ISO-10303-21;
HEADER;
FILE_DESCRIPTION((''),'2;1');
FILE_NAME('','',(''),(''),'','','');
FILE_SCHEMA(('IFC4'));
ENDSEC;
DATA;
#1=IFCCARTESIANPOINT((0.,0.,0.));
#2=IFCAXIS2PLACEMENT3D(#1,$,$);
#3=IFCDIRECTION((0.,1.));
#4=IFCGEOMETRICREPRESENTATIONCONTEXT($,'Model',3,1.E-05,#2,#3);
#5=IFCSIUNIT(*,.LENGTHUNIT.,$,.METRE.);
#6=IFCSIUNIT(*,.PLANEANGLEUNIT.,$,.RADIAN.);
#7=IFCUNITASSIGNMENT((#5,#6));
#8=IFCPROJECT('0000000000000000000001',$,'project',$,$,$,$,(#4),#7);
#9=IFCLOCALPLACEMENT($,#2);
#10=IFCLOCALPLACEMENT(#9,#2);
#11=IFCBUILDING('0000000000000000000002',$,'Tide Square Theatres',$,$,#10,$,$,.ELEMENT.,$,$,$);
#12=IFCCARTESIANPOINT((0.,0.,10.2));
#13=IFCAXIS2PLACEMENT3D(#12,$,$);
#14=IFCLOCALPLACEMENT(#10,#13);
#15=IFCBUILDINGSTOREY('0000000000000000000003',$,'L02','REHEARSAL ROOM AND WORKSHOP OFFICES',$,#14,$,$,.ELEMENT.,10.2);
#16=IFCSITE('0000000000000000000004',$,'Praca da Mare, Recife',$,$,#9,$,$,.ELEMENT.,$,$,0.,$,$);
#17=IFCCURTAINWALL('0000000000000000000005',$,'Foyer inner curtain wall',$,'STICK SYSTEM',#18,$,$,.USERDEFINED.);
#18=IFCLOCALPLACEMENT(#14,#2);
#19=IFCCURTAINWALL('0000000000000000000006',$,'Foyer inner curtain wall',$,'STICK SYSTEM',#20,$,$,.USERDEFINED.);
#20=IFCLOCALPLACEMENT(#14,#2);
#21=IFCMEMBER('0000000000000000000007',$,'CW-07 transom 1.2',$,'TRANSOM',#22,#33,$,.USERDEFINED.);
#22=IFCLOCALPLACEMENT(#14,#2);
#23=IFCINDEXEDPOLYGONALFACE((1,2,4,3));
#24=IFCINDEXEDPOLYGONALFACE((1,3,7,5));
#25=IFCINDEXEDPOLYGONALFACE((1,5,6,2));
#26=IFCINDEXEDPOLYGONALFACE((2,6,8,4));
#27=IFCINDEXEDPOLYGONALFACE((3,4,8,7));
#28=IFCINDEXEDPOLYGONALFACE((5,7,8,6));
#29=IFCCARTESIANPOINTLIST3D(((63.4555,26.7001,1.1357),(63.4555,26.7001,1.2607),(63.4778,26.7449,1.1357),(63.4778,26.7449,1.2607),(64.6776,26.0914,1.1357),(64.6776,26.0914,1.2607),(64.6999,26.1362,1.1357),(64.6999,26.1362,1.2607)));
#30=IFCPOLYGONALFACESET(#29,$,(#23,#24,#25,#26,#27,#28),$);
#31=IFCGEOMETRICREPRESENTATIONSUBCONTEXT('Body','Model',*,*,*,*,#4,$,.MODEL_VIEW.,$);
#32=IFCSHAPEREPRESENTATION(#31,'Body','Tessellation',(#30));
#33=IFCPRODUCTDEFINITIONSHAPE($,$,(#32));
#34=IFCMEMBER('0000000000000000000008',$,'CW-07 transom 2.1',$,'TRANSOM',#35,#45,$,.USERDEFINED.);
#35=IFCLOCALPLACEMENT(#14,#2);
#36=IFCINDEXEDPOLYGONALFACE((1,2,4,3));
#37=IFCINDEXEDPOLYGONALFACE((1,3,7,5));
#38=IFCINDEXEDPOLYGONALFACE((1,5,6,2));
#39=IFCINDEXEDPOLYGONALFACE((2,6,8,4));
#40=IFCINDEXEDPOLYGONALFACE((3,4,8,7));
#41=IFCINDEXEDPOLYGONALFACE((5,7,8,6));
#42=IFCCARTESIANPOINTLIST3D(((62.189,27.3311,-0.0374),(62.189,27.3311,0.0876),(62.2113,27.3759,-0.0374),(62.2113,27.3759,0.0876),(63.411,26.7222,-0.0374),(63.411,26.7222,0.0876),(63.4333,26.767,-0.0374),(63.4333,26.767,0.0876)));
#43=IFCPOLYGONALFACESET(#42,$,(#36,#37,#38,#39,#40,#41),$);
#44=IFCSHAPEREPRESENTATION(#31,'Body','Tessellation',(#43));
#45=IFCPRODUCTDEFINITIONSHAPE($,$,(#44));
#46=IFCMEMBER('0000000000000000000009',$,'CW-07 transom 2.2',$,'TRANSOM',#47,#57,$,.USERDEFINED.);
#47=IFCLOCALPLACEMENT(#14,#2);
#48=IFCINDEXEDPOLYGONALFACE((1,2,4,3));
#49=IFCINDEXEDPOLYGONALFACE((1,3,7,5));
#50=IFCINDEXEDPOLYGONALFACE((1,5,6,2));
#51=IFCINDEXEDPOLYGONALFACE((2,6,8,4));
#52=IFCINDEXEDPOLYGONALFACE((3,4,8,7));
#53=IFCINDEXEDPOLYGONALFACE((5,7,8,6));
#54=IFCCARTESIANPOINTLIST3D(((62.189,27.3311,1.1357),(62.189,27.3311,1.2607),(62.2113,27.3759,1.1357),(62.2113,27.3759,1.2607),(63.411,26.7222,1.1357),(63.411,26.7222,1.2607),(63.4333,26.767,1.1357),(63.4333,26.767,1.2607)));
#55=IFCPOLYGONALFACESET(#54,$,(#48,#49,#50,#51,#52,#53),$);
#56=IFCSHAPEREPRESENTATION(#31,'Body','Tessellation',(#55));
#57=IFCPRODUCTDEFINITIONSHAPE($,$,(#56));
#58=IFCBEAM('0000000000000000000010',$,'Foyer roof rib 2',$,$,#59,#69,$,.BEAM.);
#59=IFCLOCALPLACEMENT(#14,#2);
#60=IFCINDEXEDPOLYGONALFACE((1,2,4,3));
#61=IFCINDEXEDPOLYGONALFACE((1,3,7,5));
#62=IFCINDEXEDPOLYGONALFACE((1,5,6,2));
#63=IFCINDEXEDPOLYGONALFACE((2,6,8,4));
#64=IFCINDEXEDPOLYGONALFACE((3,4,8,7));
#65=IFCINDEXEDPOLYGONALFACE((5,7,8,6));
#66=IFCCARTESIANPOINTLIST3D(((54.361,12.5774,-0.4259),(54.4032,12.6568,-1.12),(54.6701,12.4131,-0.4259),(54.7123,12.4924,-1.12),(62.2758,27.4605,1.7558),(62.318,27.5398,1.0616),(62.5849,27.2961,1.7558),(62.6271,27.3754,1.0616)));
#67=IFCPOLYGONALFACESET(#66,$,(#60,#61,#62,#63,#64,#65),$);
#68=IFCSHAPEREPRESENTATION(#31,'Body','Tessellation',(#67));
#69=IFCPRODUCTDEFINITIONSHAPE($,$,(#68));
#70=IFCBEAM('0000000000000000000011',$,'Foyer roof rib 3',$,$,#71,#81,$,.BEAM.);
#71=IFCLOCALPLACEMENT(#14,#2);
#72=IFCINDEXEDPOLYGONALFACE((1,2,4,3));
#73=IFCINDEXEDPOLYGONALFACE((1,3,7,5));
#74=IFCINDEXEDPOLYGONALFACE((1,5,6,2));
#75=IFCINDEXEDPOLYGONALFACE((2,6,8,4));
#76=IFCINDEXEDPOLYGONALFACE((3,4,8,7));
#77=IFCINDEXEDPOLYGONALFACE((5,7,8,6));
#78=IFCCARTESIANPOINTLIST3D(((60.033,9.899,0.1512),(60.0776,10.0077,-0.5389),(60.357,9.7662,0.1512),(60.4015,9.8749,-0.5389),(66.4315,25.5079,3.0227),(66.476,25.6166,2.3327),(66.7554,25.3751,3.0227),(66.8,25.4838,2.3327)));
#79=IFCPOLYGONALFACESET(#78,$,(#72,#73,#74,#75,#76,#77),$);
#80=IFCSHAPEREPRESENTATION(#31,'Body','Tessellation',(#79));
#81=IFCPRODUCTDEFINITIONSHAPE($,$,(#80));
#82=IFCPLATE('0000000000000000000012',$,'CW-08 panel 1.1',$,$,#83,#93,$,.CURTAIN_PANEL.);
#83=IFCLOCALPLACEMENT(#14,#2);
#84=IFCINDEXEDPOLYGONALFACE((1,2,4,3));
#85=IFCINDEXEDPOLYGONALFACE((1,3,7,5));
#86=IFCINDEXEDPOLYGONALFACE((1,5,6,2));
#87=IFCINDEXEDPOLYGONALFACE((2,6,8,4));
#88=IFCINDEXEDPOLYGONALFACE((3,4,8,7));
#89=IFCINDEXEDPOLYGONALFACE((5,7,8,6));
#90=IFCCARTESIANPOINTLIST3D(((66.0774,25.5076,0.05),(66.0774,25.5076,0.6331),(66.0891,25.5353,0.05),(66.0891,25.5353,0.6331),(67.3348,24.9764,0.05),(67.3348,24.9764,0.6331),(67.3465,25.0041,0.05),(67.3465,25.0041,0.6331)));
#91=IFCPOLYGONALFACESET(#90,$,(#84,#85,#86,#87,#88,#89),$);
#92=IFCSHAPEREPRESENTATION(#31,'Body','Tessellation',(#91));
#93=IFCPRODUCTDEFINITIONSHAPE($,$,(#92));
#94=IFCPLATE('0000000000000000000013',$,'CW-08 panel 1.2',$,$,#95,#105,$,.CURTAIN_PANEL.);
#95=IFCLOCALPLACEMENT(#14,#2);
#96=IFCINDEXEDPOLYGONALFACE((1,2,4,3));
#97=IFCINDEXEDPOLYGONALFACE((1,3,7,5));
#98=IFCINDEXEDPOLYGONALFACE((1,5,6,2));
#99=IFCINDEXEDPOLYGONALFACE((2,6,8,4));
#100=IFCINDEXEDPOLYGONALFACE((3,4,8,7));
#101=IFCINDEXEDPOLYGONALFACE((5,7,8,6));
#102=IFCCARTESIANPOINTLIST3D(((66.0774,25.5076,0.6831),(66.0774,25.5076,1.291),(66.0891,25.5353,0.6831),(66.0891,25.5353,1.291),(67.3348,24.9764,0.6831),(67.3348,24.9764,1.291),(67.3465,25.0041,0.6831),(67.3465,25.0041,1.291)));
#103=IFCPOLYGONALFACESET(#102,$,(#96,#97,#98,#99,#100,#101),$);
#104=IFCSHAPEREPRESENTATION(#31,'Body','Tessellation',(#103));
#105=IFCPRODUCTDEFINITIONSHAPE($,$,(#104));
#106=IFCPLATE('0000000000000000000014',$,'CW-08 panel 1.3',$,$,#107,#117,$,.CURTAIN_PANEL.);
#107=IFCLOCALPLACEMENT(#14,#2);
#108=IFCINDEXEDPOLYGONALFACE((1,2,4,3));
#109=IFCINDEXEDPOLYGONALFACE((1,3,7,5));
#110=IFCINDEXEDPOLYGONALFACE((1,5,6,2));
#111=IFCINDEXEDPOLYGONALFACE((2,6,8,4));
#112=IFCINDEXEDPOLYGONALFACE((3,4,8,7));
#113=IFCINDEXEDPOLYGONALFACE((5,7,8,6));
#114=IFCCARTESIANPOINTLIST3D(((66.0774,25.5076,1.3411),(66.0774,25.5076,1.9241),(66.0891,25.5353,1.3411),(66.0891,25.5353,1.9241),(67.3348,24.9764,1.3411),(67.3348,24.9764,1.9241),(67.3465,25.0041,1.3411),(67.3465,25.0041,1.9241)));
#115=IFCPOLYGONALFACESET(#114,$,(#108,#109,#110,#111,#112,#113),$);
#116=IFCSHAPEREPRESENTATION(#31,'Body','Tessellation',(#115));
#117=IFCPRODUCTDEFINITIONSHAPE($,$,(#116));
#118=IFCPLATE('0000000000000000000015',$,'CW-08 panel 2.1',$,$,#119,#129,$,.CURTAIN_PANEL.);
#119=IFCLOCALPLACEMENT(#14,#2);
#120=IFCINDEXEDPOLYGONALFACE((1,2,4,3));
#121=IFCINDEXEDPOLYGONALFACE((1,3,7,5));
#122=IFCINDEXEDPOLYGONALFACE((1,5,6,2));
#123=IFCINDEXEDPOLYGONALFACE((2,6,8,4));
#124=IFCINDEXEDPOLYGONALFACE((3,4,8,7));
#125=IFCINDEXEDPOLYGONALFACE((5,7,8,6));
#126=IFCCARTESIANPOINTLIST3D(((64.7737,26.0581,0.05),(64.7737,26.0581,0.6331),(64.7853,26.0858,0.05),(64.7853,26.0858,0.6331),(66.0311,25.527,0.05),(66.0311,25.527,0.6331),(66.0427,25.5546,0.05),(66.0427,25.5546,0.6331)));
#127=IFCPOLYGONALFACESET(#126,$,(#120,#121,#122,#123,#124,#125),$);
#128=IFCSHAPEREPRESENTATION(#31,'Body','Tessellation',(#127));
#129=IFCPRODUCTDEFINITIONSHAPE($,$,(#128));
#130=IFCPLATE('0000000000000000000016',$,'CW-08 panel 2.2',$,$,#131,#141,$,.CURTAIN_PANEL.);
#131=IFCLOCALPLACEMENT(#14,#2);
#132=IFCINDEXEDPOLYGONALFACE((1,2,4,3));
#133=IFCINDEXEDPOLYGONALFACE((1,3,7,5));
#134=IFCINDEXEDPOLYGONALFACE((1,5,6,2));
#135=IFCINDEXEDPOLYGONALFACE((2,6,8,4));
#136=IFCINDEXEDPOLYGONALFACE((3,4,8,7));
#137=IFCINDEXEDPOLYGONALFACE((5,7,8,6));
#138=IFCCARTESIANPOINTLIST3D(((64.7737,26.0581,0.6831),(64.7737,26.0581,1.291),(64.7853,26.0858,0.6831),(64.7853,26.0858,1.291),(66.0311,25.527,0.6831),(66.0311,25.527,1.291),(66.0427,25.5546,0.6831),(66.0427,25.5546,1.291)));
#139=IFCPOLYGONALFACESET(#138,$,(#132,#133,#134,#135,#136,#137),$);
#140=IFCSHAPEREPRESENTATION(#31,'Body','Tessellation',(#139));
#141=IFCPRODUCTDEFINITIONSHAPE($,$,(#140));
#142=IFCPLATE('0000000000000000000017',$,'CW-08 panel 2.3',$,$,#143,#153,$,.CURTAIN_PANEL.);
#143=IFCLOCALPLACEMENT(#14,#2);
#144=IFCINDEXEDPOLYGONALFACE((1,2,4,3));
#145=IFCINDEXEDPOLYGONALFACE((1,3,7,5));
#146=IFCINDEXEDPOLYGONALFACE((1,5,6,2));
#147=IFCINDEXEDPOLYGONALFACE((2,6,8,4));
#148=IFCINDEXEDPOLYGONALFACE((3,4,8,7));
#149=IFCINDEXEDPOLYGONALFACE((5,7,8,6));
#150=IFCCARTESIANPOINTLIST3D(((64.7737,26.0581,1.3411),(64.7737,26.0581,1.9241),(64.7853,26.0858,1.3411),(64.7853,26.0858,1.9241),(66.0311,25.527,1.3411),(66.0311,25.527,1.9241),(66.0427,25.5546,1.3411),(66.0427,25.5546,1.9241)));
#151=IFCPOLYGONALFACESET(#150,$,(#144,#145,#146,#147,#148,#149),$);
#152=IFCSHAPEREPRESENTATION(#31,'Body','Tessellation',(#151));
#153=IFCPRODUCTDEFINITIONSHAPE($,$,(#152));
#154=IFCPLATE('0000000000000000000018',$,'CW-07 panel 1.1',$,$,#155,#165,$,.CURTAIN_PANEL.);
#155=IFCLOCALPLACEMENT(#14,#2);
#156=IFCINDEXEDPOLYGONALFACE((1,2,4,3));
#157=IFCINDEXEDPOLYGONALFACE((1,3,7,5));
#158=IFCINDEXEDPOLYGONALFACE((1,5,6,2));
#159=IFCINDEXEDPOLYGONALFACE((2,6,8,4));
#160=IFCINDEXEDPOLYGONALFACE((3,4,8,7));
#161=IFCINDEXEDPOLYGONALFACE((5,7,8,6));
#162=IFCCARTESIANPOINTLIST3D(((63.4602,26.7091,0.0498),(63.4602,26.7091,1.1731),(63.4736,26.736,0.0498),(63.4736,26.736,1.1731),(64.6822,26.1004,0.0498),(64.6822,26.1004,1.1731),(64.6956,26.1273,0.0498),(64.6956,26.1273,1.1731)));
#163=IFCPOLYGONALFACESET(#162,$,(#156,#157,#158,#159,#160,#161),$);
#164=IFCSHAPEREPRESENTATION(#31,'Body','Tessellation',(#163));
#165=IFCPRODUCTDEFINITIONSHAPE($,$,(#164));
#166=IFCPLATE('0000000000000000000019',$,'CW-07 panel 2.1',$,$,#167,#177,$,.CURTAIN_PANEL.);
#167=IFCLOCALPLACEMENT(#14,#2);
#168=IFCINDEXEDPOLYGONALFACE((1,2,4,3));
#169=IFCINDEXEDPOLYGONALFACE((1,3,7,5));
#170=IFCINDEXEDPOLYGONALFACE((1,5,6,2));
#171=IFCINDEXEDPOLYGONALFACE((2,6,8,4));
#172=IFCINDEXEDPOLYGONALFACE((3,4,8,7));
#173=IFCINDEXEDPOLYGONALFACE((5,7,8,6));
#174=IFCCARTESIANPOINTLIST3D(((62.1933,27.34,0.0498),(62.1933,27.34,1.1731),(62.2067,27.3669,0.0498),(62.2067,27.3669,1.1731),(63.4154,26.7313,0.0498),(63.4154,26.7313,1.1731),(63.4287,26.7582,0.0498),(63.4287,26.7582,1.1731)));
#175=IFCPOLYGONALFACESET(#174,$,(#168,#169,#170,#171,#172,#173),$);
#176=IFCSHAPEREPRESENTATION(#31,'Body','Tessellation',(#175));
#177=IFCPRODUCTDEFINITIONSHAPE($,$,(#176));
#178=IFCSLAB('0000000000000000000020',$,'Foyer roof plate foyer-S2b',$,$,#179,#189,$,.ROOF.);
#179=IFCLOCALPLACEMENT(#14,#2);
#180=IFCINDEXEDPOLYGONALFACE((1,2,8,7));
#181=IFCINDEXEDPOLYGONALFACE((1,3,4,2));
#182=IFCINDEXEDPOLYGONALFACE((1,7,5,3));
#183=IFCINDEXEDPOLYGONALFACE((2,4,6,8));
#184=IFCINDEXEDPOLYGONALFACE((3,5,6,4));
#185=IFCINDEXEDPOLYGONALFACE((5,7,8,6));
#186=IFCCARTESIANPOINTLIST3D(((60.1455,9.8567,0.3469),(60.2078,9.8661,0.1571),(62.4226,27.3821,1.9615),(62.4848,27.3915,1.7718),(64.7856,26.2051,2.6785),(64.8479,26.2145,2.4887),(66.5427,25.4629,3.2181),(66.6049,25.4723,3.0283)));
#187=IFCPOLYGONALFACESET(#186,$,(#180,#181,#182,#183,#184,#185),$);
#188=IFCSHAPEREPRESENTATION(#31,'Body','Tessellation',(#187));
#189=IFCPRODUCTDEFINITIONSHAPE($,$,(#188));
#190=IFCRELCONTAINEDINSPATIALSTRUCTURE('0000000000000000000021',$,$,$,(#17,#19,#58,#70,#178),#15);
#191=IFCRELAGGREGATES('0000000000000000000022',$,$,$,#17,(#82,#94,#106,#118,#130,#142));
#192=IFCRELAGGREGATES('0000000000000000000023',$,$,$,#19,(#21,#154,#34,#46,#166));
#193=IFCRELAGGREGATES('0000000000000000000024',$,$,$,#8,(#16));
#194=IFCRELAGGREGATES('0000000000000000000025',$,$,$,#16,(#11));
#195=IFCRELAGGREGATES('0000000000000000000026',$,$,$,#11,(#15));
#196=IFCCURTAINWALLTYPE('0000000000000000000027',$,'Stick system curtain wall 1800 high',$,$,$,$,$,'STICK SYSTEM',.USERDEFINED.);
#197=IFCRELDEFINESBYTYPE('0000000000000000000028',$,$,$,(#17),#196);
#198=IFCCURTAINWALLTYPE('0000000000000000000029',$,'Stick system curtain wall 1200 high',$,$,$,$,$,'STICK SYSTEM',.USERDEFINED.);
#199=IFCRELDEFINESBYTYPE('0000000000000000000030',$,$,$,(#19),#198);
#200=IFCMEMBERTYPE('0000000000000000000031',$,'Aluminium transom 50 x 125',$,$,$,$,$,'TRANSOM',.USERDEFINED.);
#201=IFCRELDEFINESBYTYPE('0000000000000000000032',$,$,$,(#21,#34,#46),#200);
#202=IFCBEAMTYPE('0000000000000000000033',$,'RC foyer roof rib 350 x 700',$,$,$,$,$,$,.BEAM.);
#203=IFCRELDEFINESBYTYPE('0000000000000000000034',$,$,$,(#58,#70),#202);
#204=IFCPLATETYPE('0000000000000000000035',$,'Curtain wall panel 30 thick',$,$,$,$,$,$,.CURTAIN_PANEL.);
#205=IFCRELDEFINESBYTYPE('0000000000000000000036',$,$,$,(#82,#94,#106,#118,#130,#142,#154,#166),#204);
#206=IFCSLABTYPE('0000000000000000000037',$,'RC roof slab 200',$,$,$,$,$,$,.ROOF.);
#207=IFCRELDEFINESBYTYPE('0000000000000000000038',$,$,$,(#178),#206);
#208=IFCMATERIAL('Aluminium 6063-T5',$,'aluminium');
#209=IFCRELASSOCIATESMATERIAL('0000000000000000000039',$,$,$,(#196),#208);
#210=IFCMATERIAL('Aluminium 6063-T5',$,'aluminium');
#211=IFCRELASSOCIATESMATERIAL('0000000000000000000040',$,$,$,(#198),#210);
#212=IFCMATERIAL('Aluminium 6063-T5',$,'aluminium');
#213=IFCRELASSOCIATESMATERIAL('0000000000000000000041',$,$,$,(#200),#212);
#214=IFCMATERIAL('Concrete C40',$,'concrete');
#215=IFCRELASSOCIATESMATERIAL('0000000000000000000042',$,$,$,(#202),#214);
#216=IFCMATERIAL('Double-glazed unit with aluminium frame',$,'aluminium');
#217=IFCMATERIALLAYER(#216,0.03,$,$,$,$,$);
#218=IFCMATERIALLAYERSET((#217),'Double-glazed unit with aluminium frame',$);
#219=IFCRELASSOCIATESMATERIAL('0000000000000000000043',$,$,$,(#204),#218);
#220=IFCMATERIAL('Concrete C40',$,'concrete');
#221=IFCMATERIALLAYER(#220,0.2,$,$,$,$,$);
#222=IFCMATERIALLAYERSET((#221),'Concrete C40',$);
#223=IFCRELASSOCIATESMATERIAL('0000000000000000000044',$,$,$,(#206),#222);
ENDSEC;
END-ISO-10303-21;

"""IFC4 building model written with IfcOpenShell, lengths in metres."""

from ifc_helpers import new_model, si_unit, direction, frame, origin, origin_2d, place, context, subcontext, project, spatial, polyline, rectangle, outline, extrude, material, layer, layer_set, material_profile, profile_set, type_object, element, aggregate, save


model = new_model("IFC4")

# Units and contexts
model_context = context("Model", 3, precision=1e-05, world=origin(), true_north=direction((0.0, 1.0)))
body_context = subcontext(model_context, "Body", "Model", "MODEL_VIEW")
ifc_project = project(units=[si_unit("LENGTHUNIT", "METRE"), si_unit("PLANEANGLEUNIT", "RADIAN")], contexts=[model_context])

# Site, building, storey
site_placement = place(None, origin())
site = spatial("IfcSite", under=ifc_project, at=site_placement, Name="Praca da Mare, Recife", CompositionType="ELEMENT", RefElevation=0.0)
building_placement = place(site_placement, origin())
building = spatial("IfcBuilding", under=site, at=building_placement, Name="Tide Square Theatres", CompositionType="ELEMENT")
storey_placement = place(building_placement, frame((0.0, 0.0, 10.2)))
storey = spatial("IfcBuildingStorey", under=building, at=storey_placement, Name="L02", Description="REHEARSAL ROOM AND WORKSHOP OFFICES", CompositionType="ELEMENT", Elevation=10.2)

# Curtain walls
ifc_material_1 = material(Name="Aluminium 6063-T5", Category="aluminium")
curtain_wall_type_1 = type_object("IfcCurtainWallType", Name="Stick system curtain wall 1800 high", ElementType="STICK SYSTEM", PredefinedType="USERDEFINED", material=ifc_material_1)
curtain_wall_1_placement = place(storey_placement, origin())
curtain_wall_1 = element("IfcCurtainWall", 1, at=curtain_wall_1_placement, inside=storey, type_object=curtain_wall_type_1, Name="Foyer inner curtain wall", ObjectType="STICK SYSTEM", PredefinedType="USERDEFINED")
ifc_material_2 = material(Name="Aluminium 6063-T5", Category="aluminium")
curtain_wall_type_2 = type_object("IfcCurtainWallType", Name="Stick system curtain wall 1200 high", ElementType="STICK SYSTEM", PredefinedType="USERDEFINED", material=ifc_material_2)
curtain_wall_2_placement = place(storey_placement, origin())
curtain_wall_2 = element("IfcCurtainWall", 2, at=curtain_wall_2_placement, inside=storey, type_object=curtain_wall_type_2, Name="Foyer inner curtain wall", ObjectType="STICK SYSTEM", PredefinedType="USERDEFINED")

# Members
ifc_material_3 = material(Name="Aluminium 6063-T5", Category="aluminium")
ifc_material_profile_1 = material_profile(ifc_material_3, rectangle(XDim=0.05, YDim=0.125, at=origin_2d()))
ifc_profile_set_1 = profile_set([ifc_material_profile_1], Name="Aluminium 6063-T5")
member_type_1 = type_object("IfcMemberType", Name="Aluminium transom 50 x 125", ElementType="TRANSOM", PredefinedType="USERDEFINED", material=ifc_profile_set_1)
member_1_placement = place(storey_placement, frame((64.6887, 26.1138, 1.1982), z_axis=(-0.895106, 0.445854, 0.0), x_axis=(-0.445854, -0.895106, 0.0)))
member_1 = element("IfcMember", 3, at=member_1_placement, type_object=member_type_1, Name="CW-07 transom 1.2", ObjectType="TRANSOM", PredefinedType="USERDEFINED", context=body_context, shape_type="SweptSolid", body=[
    extrude(rectangle(XDim=0.05, YDim=0.125, at=origin_2d()), origin(), (0.0, 0.0, 1.0), 1.3652),
])
member_2_placement = place(storey_placement, frame((63.4221, 26.7446, 0.0251), z_axis=(-0.895034, 0.445997, 0.0), x_axis=(-0.445997, -0.895034, 0.0)))
member_2 = element("IfcMember", 4, at=member_2_placement, type_object=member_type_1, Name="CW-07 transom 2.1", ObjectType="TRANSOM", PredefinedType="USERDEFINED", context=body_context, shape_type="SweptSolid", body=[
    extrude(rectangle(XDim=0.05, YDim=0.125, at=origin_2d()), origin(), (0.0, 0.0, 1.0), 1.3652),
])
member_3_placement = place(storey_placement, frame((63.4221, 26.7446, 1.1982), z_axis=(-0.895034, 0.445997, 0.0), x_axis=(-0.445997, -0.895034, 0.0)))
member_3 = element("IfcMember", 5, at=member_3_placement, type_object=member_type_1, Name="CW-07 transom 2.2", ObjectType="TRANSOM", PredefinedType="USERDEFINED", context=body_context, shape_type="SweptSolid", body=[
    extrude(rectangle(XDim=0.05, YDim=0.125, at=origin_2d()), origin(), (0.0, 0.0, 1.0), 1.3652),
])

# Beams
ifc_material_4 = material(Name="Concrete C40", Category="concrete")
ifc_material_profile_2 = material_profile(ifc_material_4, rectangle(XDim=0.3501, YDim=0.7, at=origin_2d()))
ifc_profile_set_2 = profile_set([ifc_material_profile_2], Name="Concrete C40")
beam_type = type_object("IfcBeamType", Name="RC foyer roof rib 350 x 700", PredefinedType="BEAM", material=ifc_profile_set_2)
beam_1_placement = place(storey_placement, frame((62.4514, 27.418, 1.4087), z_axis=(-0.46565, -0.875612, -0.128352), x_axis=(0.882915, -0.469533, 0.0)))
element("IfcBeam", 6, at=beam_1_placement, inside=storey, type_object=beam_type, Name="Foyer roof rib 2", PredefinedType="BEAM", context=body_context, shape_type="SweptSolid", body=[
    extrude(rectangle(XDim=0.3501, YDim=0.7, at=origin_2d()), origin(), (0.0, 0.0, 1.0), 16.9973),
])
beam_2_placement = place(storey_placement, frame((66.6157, 25.4958, 2.6777), z_axis=(-0.373913, -0.912156, -0.16781), x_axis=(0.925277, -0.379292, 0.0)))
element("IfcBeam", 7, at=beam_2_placement, inside=storey, type_object=beam_type, Name="Foyer roof rib 3", PredefinedType="BEAM", context=body_context, shape_type="SweptSolid", body=[
    extrude(rectangle(XDim=0.3501, YDim=0.7, at=origin_2d()), origin(), (0.0, 0.0, 1.0), 17.1121),
])

# Plates
ifc_material_5 = material(Name="Double-glazed unit with aluminium frame", Category="aluminium")
ifc_layer_1 = layer(ifc_material_5, 0.03)
ifc_layer_set_1 = layer_set([ifc_layer_1], Name="Double-glazed unit with aluminium frame")
plate_type = type_object("IfcPlateType", Name="Curtain wall panel 30 thick", PredefinedType="CURTAIN_PANEL", material=ifc_layer_set_1)
plate_1_placement = place(storey_placement, frame((66.7119, 25.2559, 0.05), z_axis=(0.0, 0.0, 1.0), x_axis=(-0.92118, 0.389137, 0.0)))
plate_1 = element("IfcPlate", 8, at=plate_1_placement, type_object=plate_type, Name="CW-08 panel 1.1", PredefinedType="CURTAIN_PANEL", context=body_context, shape_type="SweptSolid", body=[
    extrude(rectangle(XDim=1.365, YDim=0.03, at=origin_2d()), origin(), (0.0, 0.0, 1.0), 0.583),
])
plate_2_placement = place(storey_placement, frame((66.7119, 25.2559, 0.6831), z_axis=(0.0, 0.0, 1.0), x_axis=(-0.92118, 0.389137, 0.0)))
plate_2 = element("IfcPlate", 9, at=plate_2_placement, type_object=plate_type, Name="CW-08 panel 1.2", PredefinedType="CURTAIN_PANEL", context=body_context, shape_type="SweptSolid", body=[
    extrude(rectangle(XDim=1.365, YDim=0.03, at=origin_2d()), origin(), (0.0, 0.0, 1.0), 0.6079),
])
plate_3_placement = place(storey_placement, frame((66.7119, 25.2559, 1.3411), z_axis=(0.0, 0.0, 1.0), x_axis=(-0.92118, 0.389137, 0.0)))
plate_3 = element("IfcPlate", 10, at=plate_3_placement, type_object=plate_type, Name="CW-08 panel 1.3", PredefinedType="CURTAIN_PANEL", context=body_context, shape_type="SweptSolid", body=[
    extrude(rectangle(XDim=1.365, YDim=0.03, at=origin_2d()), origin(), (0.0, 0.0, 1.0), 0.583),
])
plate_4_placement = place(storey_placement, frame((65.4082, 25.8064, 0.05), z_axis=(0.0, 0.0, 1.0), x_axis=(-0.92118, 0.389137, 0.0)))
plate_4 = element("IfcPlate", 11, at=plate_4_placement, type_object=plate_type, Name="CW-08 panel 2.1", PredefinedType="CURTAIN_PANEL", context=body_context, shape_type="SweptSolid", body=[
    extrude(rectangle(XDim=1.365, YDim=0.03, at=origin_2d()), origin(), (0.0, 0.0, 1.0), 0.583),
])
plate_5_placement = place(storey_placement, frame((65.4082, 25.8064, 0.6831), z_axis=(0.0, 0.0, 1.0), x_axis=(-0.92118, 0.389137, 0.0)))
plate_5 = element("IfcPlate", 12, at=plate_5_placement, type_object=plate_type, Name="CW-08 panel 2.2", PredefinedType="CURTAIN_PANEL", context=body_context, shape_type="SweptSolid", body=[
    extrude(rectangle(XDim=1.365, YDim=0.03, at=origin_2d()), origin(), (0.0, 0.0, 1.0), 0.6079),
])
plate_6_placement = place(storey_placement, frame((65.4082, 25.8064, 1.3411), z_axis=(0.0, 0.0, 1.0), x_axis=(-0.92118, 0.389137, 0.0)))
plate_6 = element("IfcPlate", 13, at=plate_6_placement, type_object=plate_type, Name="CW-08 panel 2.3", PredefinedType="CURTAIN_PANEL", context=body_context, shape_type="SweptSolid", body=[
    extrude(rectangle(XDim=1.365, YDim=0.03, at=origin_2d()), origin(), (0.0, 0.0, 1.0), 0.583),
])
aggregate(curtain_wall_1, [plate_1, plate_2, plate_3, plate_4, plate_5, plate_6])
plate_7_placement = place(storey_placement, frame((64.0779, 26.4182, 0.0498), z_axis=(0.0, 0.0, 1.0), x_axis=(-0.8951, 0.445866, 0.0)))
plate_7 = element("IfcPlate", 14, at=plate_7_placement, type_object=plate_type, Name="CW-07 panel 1.1", PredefinedType="CURTAIN_PANEL", context=body_context, shape_type="SweptSolid", body=[
    extrude(rectangle(XDim=1.3652, YDim=0.03, at=origin_2d()), origin(), (0.0, 0.0, 1.0), 1.1233),
])
plate_8_placement = place(storey_placement, frame((62.811, 27.0491, 0.0498), z_axis=(0.0, 0.0, 1.0), x_axis=(-0.8951, 0.445866, 0.0)))
plate_8 = element("IfcPlate", 15, at=plate_8_placement, type_object=plate_type, Name="CW-07 panel 2.1", PredefinedType="CURTAIN_PANEL", context=body_context, shape_type="SweptSolid", body=[
    extrude(rectangle(XDim=1.3652, YDim=0.03, at=origin_2d()), origin(), (0.0, 0.0, 1.0), 1.1233),
])
aggregate(curtain_wall_2, [member_1, plate_7, member_2, member_3, plate_8])

# Slab
ifc_material_6 = material(Name="Concrete C40", Category="concrete")
ifc_layer_2 = layer(ifc_material_6, 0.2)
ifc_layer_set_2 = layer_set([ifc_layer_2], Name="Concrete C40")
slab_type = type_object("IfcSlabType", Name="RC roof slab 200", PredefinedType="ROOF", material=ifc_layer_set_2)
slab_placement = place(storey_placement, frame((64.7856, 26.2051, 2.6785), z_axis=(-0.311362, -0.046988, 0.949129), x_axis=(-0.863827, 0.430254, -0.262078)))
element("IfcSlab", 16, at=slab_placement, inside=storey, type_object=slab_type, Name="Foyer roof plate foyer-S2b", PredefinedType="ROOF", context=body_context, shape_type="SweptSolid", body=[
    extrude(outline(polyline([(0.0, 0.0), (2.7356, 0.0), (-2.4146, 16.9825), (-1.9785, -0.121), (0.0, 0.0)])), origin(), (0.0, 0.0, -1.0), 0.2),
])

save(model, "model.ifc")
